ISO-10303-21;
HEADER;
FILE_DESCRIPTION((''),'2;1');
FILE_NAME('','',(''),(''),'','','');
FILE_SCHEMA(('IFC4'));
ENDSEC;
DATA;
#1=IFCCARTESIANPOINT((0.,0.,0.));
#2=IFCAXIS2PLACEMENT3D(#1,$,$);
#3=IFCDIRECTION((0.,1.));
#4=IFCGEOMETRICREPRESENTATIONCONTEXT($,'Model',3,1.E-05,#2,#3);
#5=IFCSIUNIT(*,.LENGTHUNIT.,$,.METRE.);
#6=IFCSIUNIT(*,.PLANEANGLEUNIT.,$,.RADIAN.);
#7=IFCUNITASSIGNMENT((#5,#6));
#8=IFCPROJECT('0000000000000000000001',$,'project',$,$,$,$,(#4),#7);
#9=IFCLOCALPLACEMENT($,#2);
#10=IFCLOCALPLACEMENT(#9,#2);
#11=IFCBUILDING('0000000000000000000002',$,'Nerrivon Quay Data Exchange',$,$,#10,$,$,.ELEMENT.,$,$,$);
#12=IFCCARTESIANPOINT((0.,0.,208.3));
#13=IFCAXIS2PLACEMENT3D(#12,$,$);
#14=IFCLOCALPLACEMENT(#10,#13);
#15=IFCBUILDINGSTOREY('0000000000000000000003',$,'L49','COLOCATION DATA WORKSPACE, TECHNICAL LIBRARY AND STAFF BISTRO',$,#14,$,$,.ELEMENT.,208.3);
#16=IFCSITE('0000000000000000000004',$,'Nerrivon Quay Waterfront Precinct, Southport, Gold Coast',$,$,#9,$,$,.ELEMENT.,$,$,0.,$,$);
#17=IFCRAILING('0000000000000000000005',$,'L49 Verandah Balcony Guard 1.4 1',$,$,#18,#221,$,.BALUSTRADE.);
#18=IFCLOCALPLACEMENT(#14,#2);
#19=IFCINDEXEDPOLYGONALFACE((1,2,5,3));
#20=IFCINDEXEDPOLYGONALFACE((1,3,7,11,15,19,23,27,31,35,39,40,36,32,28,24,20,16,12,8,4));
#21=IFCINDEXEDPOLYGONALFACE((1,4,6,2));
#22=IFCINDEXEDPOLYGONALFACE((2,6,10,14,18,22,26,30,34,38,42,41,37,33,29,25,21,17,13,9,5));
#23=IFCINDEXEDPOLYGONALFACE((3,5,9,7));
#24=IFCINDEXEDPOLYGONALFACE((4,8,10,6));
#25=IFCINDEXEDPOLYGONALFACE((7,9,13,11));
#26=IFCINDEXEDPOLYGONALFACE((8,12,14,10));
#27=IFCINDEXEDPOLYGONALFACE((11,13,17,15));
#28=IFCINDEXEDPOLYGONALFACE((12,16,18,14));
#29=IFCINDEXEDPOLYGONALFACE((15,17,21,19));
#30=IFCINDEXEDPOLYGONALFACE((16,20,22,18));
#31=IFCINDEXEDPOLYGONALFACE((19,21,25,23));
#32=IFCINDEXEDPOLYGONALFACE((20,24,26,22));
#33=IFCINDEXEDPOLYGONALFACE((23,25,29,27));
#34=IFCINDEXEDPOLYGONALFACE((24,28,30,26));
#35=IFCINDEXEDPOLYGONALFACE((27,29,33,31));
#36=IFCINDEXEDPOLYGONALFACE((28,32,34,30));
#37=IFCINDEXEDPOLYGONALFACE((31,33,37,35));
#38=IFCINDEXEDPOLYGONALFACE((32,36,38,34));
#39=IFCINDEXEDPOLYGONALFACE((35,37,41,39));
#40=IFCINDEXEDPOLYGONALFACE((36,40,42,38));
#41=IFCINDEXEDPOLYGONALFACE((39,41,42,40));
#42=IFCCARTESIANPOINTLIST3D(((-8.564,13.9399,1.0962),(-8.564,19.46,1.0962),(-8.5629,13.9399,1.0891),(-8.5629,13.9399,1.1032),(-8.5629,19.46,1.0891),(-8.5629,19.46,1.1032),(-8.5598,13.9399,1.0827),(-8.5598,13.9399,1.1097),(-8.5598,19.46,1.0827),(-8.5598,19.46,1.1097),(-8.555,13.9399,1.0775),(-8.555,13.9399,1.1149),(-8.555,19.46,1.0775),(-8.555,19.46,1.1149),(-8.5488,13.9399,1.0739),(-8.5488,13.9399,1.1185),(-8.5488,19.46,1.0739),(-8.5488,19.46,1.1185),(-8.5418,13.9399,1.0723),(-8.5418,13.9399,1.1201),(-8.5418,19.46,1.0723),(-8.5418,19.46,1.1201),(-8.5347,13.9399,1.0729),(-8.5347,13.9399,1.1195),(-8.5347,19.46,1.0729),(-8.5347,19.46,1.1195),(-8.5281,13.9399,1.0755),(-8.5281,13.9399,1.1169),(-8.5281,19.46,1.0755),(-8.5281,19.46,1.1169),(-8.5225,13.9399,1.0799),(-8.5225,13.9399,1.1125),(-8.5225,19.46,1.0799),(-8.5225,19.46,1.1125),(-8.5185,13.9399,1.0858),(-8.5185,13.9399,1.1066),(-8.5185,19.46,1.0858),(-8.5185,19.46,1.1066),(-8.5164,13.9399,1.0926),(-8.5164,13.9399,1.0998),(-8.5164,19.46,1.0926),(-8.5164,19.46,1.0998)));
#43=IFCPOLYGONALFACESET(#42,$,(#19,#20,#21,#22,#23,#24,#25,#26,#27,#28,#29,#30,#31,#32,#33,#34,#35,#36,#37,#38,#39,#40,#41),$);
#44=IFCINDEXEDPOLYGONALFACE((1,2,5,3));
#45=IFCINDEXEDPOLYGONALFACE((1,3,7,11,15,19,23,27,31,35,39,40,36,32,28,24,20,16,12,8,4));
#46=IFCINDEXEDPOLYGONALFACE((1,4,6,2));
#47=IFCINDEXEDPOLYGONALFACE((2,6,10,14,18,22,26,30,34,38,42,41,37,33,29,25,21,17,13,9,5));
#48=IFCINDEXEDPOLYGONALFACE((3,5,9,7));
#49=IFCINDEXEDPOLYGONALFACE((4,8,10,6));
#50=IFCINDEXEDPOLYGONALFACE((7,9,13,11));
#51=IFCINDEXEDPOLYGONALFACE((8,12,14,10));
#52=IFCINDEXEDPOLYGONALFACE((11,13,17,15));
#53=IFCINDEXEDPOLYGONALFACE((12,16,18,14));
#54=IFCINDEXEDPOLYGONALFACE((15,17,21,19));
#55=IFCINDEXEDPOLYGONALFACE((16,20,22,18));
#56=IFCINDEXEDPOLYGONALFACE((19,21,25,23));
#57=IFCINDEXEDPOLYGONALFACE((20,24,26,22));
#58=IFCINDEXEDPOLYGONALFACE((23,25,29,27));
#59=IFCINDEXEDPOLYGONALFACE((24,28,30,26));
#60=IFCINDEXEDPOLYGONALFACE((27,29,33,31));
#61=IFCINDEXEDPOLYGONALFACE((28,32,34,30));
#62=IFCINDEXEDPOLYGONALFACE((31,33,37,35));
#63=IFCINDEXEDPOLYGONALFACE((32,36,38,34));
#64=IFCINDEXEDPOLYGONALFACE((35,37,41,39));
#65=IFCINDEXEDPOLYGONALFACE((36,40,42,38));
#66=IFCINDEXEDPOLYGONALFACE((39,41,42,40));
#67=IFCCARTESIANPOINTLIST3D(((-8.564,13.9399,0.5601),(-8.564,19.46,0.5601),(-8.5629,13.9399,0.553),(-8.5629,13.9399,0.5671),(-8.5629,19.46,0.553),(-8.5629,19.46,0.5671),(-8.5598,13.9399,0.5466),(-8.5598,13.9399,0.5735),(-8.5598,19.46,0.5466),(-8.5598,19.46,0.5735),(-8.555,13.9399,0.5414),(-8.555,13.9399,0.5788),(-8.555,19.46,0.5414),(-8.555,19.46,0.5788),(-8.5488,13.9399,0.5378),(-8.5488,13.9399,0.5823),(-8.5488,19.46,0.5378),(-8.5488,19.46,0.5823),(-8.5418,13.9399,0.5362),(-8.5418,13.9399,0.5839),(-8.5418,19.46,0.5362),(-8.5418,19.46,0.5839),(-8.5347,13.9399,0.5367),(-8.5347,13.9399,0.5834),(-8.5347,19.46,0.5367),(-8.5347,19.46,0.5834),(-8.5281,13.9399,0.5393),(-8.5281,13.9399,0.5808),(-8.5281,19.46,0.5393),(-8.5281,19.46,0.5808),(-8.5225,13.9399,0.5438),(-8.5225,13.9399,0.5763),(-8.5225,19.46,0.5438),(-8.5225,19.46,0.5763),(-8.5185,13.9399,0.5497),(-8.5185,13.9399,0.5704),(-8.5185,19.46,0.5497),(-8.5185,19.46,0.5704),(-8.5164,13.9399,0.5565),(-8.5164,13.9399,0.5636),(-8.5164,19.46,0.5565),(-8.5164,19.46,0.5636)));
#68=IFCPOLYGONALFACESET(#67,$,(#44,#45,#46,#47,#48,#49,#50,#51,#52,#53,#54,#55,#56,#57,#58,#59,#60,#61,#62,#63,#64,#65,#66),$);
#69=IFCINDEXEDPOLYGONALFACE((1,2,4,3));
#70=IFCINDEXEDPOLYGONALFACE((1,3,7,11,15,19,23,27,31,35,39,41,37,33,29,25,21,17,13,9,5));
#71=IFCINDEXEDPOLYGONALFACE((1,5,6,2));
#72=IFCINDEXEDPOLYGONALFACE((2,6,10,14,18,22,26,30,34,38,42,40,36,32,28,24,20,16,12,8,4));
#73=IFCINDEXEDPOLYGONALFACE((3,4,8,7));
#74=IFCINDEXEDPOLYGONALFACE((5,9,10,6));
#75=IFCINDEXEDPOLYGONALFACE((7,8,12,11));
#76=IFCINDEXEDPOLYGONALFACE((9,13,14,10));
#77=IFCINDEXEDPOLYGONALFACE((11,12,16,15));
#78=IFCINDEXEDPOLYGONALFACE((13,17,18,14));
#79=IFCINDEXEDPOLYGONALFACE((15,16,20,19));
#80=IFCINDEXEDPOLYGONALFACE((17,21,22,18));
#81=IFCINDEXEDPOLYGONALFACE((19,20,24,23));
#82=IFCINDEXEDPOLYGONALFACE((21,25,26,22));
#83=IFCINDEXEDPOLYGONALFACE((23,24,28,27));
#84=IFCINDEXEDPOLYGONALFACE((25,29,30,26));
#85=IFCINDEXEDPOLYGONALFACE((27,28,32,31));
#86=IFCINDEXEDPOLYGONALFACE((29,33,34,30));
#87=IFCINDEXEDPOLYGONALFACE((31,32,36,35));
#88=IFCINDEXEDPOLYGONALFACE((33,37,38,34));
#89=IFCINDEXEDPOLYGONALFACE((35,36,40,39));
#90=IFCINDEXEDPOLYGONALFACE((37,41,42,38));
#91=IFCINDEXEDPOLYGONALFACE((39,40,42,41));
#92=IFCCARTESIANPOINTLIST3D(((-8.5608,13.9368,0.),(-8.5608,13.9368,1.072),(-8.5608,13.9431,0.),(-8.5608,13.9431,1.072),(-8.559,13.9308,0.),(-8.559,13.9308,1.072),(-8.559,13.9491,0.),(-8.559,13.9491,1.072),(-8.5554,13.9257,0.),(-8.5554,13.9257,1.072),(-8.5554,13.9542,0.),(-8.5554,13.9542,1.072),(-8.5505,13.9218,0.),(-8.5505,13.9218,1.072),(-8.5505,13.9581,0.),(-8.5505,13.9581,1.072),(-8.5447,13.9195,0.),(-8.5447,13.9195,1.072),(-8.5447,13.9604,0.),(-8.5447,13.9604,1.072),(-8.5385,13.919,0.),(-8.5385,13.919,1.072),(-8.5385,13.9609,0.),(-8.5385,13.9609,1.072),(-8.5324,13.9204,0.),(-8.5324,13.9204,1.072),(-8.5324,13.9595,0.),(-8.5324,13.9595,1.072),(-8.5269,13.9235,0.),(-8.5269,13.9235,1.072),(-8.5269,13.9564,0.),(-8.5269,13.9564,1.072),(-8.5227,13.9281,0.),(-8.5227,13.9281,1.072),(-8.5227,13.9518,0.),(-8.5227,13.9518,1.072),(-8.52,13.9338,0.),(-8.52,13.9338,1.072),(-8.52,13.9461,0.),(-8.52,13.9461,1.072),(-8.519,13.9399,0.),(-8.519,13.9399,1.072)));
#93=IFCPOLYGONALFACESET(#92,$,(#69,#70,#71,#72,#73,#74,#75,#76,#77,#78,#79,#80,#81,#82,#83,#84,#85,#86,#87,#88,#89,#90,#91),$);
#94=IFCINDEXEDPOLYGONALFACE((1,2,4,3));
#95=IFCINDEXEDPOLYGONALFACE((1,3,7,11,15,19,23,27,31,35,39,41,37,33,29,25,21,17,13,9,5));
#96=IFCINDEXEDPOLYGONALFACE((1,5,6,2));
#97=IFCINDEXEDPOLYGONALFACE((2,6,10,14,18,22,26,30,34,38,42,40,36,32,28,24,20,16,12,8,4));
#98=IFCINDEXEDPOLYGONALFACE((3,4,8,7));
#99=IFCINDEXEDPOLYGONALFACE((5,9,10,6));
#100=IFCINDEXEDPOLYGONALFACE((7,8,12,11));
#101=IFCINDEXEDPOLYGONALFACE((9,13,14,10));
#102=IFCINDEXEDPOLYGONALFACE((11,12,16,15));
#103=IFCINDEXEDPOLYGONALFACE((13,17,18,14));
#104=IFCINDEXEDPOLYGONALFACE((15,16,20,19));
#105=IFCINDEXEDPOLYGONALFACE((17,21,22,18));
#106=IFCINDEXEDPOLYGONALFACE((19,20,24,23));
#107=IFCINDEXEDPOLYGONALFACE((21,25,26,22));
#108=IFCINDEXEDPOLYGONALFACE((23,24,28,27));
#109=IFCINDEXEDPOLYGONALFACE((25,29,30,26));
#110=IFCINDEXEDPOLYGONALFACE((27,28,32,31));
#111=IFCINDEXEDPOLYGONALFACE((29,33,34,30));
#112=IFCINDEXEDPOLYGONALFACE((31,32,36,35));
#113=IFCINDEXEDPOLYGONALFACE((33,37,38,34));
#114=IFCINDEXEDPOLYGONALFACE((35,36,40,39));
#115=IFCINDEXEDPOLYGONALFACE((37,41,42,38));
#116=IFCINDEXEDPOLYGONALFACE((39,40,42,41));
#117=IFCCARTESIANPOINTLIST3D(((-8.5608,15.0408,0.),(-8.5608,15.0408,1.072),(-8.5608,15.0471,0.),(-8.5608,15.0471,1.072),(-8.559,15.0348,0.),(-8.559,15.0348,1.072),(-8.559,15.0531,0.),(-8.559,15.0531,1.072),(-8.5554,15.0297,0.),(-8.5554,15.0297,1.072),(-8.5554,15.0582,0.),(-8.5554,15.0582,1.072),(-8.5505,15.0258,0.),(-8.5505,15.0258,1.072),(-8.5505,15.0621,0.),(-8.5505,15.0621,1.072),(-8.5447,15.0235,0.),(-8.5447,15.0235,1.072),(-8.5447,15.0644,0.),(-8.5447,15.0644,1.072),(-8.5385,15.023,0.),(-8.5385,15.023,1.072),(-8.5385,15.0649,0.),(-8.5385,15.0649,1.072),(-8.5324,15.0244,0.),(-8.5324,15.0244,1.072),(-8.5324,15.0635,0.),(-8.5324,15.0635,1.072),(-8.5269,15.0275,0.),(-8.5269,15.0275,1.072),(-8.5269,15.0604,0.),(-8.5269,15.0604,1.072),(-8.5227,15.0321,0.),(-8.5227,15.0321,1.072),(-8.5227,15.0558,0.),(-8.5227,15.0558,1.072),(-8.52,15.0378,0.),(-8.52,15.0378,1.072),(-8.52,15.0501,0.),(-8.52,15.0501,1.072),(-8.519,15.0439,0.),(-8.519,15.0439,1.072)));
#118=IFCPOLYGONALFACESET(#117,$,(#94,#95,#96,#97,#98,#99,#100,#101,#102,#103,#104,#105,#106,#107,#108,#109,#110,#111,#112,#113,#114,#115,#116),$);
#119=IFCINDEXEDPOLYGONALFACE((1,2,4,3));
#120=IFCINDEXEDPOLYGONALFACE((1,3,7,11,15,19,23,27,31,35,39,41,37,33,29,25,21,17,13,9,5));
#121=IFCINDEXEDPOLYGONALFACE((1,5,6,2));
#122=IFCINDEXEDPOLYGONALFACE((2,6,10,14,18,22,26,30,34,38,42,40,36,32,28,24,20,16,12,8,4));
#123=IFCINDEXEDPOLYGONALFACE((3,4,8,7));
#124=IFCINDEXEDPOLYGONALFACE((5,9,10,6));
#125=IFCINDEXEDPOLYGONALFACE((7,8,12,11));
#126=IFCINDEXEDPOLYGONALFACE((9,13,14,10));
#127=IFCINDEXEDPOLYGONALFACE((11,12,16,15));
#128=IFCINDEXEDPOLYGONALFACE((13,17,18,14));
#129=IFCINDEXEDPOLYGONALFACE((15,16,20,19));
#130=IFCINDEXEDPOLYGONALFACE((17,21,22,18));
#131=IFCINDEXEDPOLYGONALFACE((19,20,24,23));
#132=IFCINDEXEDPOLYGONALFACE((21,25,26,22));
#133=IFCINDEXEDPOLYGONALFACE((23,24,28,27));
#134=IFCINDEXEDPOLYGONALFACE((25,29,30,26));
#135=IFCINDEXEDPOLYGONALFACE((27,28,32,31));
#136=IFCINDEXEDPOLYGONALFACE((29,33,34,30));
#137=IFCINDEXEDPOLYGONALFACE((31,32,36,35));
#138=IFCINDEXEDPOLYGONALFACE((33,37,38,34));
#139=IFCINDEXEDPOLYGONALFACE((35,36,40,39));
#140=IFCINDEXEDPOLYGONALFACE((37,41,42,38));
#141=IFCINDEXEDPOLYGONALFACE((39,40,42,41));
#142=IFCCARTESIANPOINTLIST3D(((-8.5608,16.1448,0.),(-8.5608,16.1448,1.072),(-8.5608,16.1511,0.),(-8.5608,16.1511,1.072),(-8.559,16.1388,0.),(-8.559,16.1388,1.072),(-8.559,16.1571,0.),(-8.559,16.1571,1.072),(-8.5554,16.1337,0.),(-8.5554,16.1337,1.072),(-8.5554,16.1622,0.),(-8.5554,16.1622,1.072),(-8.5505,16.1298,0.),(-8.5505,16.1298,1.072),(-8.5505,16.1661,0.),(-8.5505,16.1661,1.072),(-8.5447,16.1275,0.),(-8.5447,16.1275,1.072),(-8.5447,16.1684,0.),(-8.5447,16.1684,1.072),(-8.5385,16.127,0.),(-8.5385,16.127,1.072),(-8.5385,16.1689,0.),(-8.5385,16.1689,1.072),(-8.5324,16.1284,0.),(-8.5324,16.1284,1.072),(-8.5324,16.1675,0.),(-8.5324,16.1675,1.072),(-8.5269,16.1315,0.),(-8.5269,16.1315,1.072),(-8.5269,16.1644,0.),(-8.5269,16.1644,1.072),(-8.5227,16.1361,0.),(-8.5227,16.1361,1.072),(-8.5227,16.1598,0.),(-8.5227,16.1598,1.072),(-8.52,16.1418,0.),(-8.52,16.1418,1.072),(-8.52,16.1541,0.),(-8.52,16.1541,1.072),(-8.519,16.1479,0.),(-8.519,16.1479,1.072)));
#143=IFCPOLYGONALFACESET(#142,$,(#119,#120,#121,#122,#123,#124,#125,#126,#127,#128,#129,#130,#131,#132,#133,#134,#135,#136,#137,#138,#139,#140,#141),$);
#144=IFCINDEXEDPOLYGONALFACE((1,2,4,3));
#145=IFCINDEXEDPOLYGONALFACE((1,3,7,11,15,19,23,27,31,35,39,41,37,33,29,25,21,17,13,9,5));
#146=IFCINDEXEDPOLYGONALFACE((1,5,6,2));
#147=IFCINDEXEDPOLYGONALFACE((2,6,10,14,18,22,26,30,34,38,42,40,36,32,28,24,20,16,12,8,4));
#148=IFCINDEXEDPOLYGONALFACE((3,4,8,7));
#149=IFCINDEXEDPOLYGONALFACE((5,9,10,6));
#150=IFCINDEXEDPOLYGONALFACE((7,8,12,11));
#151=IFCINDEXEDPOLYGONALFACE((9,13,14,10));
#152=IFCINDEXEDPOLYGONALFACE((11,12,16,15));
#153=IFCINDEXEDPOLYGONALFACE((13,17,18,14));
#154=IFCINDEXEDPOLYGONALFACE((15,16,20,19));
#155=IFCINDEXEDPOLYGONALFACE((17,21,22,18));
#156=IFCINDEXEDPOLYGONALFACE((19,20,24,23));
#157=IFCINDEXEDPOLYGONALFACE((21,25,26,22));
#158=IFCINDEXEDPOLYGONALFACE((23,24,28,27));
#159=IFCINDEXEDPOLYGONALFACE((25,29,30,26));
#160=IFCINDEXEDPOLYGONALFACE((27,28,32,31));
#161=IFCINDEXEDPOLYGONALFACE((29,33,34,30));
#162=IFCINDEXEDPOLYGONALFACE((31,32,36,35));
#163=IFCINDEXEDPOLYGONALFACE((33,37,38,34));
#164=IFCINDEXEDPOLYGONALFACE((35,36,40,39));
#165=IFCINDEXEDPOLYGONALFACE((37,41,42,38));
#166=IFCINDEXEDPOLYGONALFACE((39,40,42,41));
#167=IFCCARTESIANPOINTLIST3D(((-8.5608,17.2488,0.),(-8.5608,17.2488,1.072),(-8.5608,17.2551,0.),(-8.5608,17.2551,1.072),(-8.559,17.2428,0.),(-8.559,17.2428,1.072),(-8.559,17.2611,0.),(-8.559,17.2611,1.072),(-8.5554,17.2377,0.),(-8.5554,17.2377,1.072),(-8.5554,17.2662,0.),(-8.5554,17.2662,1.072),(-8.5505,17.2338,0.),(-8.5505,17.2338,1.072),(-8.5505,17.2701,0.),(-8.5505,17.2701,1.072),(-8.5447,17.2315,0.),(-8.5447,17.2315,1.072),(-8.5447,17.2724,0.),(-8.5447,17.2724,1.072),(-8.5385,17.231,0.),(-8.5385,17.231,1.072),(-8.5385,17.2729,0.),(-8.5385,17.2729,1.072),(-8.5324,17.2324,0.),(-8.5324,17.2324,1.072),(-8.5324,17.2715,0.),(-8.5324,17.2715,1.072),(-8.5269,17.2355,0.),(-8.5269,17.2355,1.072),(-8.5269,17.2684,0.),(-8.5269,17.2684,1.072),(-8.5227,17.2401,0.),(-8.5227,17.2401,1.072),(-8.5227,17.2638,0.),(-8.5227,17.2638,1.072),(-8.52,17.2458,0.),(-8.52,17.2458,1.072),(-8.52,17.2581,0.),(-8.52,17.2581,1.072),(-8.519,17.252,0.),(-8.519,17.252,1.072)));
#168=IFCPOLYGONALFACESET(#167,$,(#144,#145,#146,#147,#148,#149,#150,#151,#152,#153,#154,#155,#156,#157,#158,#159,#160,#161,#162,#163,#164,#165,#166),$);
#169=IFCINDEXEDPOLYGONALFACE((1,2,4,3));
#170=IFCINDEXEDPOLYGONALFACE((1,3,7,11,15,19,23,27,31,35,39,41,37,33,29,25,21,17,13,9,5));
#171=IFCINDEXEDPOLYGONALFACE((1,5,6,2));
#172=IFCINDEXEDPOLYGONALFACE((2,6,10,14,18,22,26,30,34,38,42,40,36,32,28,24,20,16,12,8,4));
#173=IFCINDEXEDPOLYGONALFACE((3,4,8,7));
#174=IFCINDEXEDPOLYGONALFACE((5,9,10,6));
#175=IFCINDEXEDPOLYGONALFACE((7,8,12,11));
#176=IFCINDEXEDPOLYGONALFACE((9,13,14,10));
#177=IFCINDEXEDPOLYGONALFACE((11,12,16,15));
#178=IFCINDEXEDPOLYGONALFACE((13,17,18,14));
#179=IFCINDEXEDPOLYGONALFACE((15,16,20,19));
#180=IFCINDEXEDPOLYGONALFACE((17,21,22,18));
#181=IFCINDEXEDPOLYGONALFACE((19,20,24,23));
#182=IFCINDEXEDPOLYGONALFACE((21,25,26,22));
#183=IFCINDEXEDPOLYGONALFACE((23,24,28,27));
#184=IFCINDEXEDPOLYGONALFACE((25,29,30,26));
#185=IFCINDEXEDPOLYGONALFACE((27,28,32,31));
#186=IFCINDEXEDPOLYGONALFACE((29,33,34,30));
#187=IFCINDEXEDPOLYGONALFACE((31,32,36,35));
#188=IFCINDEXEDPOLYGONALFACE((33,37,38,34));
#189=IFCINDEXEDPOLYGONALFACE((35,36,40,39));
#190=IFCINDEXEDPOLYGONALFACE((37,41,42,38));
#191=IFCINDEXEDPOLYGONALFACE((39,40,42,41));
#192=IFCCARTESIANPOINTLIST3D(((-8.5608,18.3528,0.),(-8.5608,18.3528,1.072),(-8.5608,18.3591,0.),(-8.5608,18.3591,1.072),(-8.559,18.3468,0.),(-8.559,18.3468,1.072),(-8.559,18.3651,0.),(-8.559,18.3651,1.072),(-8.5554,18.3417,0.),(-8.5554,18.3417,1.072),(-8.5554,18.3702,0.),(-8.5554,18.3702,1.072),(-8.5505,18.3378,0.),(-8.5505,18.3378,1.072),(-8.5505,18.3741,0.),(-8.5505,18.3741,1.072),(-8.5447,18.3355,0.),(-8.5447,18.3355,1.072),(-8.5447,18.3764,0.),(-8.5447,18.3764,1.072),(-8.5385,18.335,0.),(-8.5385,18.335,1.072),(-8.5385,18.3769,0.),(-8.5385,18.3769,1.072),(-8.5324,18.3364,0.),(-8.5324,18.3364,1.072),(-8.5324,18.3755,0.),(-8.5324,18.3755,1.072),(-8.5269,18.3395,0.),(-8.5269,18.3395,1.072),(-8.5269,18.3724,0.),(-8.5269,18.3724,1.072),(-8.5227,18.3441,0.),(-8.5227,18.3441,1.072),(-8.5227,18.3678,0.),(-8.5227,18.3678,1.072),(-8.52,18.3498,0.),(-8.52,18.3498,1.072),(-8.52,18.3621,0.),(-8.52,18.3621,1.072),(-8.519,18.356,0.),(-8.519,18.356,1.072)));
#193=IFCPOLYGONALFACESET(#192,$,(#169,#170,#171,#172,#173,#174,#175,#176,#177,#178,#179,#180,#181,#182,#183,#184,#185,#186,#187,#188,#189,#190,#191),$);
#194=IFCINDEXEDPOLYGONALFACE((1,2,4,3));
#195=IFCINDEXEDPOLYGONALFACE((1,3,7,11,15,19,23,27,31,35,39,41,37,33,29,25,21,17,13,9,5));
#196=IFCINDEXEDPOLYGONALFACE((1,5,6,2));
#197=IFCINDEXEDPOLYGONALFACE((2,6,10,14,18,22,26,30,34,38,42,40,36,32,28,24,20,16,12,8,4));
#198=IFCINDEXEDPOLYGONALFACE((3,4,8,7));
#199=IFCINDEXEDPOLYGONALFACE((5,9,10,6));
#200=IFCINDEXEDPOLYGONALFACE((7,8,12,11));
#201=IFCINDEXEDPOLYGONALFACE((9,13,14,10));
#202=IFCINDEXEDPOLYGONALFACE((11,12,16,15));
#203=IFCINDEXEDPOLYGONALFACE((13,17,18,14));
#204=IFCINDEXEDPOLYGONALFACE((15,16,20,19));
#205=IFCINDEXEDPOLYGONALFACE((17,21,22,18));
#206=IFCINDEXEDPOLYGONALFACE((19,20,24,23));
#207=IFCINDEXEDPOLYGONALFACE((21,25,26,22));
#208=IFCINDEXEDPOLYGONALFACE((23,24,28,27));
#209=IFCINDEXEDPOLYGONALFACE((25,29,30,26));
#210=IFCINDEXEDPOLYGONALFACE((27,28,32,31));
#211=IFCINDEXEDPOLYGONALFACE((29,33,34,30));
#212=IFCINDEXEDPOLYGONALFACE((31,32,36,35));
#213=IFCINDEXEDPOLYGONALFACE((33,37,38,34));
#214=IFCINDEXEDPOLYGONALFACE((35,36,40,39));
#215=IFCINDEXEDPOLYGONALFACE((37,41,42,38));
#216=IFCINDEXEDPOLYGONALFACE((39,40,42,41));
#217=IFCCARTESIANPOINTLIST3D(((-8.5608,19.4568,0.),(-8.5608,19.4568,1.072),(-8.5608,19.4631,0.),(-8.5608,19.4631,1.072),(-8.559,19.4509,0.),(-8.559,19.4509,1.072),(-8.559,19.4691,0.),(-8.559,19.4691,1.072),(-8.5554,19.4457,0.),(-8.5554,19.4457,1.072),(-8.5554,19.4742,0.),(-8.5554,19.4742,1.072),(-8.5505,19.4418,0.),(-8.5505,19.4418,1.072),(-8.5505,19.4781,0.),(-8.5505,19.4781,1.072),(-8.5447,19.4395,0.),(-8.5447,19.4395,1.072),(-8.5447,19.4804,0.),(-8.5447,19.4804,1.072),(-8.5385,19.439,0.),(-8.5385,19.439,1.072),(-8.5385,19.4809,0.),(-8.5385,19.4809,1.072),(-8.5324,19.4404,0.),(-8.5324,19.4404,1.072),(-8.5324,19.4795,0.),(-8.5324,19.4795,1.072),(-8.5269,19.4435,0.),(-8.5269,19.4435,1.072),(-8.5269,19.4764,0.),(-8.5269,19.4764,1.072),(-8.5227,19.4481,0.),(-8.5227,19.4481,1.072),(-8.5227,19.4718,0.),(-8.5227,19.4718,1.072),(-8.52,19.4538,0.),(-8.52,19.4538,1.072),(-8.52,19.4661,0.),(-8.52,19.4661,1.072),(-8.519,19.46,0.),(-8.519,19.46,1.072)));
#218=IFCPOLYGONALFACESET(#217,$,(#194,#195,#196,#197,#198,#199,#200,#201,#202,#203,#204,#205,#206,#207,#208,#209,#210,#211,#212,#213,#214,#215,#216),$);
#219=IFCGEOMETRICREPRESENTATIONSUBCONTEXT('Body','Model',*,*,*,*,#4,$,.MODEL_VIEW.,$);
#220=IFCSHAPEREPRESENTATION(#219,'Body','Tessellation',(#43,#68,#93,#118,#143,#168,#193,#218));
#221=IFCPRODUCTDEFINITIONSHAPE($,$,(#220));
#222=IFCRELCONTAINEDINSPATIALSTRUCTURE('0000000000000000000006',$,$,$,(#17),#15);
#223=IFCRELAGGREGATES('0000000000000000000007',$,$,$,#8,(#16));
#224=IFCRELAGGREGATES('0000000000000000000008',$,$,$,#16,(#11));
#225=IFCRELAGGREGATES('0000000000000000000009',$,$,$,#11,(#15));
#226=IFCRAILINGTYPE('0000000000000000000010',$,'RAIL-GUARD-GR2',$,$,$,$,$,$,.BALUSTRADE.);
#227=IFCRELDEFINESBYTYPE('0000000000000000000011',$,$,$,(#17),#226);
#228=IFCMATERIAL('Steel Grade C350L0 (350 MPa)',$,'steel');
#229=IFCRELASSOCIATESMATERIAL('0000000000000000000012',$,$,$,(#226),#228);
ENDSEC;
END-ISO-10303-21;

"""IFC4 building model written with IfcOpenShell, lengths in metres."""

from ifc_helpers import new_model, si_unit, direction, frame, origin, origin_2d, place, context, subcontext, project, spatial, circle, extrude, material, type_object, element, save


model = new_model("IFC4")

# Units and contexts
model_context = context("Model", 3, precision=1e-05, world=origin(), true_north=direction((0.0, 1.0)))
body_context = subcontext(model_context, "Body", "Model", "MODEL_VIEW")
ifc_project = project(units=[si_unit("LENGTHUNIT", "METRE"), si_unit("PLANEANGLEUNIT", "RADIAN")], contexts=[model_context])

# Site, building, storey
site_placement = place(None, origin())
site = spatial("IfcSite", under=ifc_project, at=site_placement, Name="Nerrivon Quay Waterfront Precinct, Southport, Gold Coast", CompositionType="ELEMENT", RefElevation=0.0)
building_placement = place(site_placement, origin())
building = spatial("IfcBuilding", under=site, at=building_placement, Name="Nerrivon Quay Data Exchange", CompositionType="ELEMENT")
storey_placement = place(building_placement, frame((0.0, 0.0, 208.3)))
storey = spatial("IfcBuildingStorey", under=building, at=storey_placement, Name="L49", Description="COLOCATION DATA WORKSPACE, TECHNICAL LIBRARY AND STAFF BISTRO", CompositionType="ELEMENT", Elevation=208.3)

# Railing
ifc_material_1 = material(Name="Steel Grade C350L0 (350 MPa)", Category="steel")
railing_type = type_object("IfcRailingType", Name="RAIL-GUARD-GR2", PredefinedType="BALUSTRADE", material=ifc_material_1)
railing_1_placement = place(storey_placement, frame((-8.54, 13.9399, 0.0)))
element("IfcRailing", 1, at=railing_1_placement, inside=storey, type_object=railing_type, Name="L49 Verandah Balcony Guard 1.4 1", PredefinedType="BALUSTRADE", context=body_context, shape_type="SweptSolid", body=[
    extrude(circle(Radius=0.0239, at=origin_2d()), frame((0.0, 0.0, 1.0962), z_axis=(0.0, 1.0, 0.0), x_axis=(-1.0, 0.0, 0.0)), (0.0, 0.0, 1.0), 5.52),
    extrude(circle(Radius=0.0239, at=origin_2d()), frame((0.0, 0.0, 0.5601), z_axis=(0.0, 1.0, 0.0), x_axis=(-1.0, 0.0, 0.0)), (0.0, 0.0, 1.0), 5.52),
    extrude(circle(Radius=0.021, at=origin_2d()), origin(), (0.0, 0.0, 1.0), 1.072),
    extrude(circle(Radius=0.021, at=origin_2d()), frame((0.0, 1.104, 0.0)), (0.0, 0.0, 1.0), 1.072),
    extrude(circle(Radius=0.021, at=origin_2d()), frame((0.0, 2.208, 0.0)), (0.0, 0.0, 1.0), 1.072),
    extrude(circle(Radius=0.021, at=origin_2d()), frame((0.0, 3.312, 0.0)), (0.0, 0.0, 1.0), 1.072),
    extrude(circle(Radius=0.021, at=origin_2d()), frame((0.0, 4.416, 0.0)), (0.0, 0.0, 1.0), 1.072),
    extrude(circle(Radius=0.021, at=origin_2d()), frame((0.0, 5.52, 0.0)), (0.0, 0.0, 1.0), 1.072),
])

save(model, "model.ifc")
